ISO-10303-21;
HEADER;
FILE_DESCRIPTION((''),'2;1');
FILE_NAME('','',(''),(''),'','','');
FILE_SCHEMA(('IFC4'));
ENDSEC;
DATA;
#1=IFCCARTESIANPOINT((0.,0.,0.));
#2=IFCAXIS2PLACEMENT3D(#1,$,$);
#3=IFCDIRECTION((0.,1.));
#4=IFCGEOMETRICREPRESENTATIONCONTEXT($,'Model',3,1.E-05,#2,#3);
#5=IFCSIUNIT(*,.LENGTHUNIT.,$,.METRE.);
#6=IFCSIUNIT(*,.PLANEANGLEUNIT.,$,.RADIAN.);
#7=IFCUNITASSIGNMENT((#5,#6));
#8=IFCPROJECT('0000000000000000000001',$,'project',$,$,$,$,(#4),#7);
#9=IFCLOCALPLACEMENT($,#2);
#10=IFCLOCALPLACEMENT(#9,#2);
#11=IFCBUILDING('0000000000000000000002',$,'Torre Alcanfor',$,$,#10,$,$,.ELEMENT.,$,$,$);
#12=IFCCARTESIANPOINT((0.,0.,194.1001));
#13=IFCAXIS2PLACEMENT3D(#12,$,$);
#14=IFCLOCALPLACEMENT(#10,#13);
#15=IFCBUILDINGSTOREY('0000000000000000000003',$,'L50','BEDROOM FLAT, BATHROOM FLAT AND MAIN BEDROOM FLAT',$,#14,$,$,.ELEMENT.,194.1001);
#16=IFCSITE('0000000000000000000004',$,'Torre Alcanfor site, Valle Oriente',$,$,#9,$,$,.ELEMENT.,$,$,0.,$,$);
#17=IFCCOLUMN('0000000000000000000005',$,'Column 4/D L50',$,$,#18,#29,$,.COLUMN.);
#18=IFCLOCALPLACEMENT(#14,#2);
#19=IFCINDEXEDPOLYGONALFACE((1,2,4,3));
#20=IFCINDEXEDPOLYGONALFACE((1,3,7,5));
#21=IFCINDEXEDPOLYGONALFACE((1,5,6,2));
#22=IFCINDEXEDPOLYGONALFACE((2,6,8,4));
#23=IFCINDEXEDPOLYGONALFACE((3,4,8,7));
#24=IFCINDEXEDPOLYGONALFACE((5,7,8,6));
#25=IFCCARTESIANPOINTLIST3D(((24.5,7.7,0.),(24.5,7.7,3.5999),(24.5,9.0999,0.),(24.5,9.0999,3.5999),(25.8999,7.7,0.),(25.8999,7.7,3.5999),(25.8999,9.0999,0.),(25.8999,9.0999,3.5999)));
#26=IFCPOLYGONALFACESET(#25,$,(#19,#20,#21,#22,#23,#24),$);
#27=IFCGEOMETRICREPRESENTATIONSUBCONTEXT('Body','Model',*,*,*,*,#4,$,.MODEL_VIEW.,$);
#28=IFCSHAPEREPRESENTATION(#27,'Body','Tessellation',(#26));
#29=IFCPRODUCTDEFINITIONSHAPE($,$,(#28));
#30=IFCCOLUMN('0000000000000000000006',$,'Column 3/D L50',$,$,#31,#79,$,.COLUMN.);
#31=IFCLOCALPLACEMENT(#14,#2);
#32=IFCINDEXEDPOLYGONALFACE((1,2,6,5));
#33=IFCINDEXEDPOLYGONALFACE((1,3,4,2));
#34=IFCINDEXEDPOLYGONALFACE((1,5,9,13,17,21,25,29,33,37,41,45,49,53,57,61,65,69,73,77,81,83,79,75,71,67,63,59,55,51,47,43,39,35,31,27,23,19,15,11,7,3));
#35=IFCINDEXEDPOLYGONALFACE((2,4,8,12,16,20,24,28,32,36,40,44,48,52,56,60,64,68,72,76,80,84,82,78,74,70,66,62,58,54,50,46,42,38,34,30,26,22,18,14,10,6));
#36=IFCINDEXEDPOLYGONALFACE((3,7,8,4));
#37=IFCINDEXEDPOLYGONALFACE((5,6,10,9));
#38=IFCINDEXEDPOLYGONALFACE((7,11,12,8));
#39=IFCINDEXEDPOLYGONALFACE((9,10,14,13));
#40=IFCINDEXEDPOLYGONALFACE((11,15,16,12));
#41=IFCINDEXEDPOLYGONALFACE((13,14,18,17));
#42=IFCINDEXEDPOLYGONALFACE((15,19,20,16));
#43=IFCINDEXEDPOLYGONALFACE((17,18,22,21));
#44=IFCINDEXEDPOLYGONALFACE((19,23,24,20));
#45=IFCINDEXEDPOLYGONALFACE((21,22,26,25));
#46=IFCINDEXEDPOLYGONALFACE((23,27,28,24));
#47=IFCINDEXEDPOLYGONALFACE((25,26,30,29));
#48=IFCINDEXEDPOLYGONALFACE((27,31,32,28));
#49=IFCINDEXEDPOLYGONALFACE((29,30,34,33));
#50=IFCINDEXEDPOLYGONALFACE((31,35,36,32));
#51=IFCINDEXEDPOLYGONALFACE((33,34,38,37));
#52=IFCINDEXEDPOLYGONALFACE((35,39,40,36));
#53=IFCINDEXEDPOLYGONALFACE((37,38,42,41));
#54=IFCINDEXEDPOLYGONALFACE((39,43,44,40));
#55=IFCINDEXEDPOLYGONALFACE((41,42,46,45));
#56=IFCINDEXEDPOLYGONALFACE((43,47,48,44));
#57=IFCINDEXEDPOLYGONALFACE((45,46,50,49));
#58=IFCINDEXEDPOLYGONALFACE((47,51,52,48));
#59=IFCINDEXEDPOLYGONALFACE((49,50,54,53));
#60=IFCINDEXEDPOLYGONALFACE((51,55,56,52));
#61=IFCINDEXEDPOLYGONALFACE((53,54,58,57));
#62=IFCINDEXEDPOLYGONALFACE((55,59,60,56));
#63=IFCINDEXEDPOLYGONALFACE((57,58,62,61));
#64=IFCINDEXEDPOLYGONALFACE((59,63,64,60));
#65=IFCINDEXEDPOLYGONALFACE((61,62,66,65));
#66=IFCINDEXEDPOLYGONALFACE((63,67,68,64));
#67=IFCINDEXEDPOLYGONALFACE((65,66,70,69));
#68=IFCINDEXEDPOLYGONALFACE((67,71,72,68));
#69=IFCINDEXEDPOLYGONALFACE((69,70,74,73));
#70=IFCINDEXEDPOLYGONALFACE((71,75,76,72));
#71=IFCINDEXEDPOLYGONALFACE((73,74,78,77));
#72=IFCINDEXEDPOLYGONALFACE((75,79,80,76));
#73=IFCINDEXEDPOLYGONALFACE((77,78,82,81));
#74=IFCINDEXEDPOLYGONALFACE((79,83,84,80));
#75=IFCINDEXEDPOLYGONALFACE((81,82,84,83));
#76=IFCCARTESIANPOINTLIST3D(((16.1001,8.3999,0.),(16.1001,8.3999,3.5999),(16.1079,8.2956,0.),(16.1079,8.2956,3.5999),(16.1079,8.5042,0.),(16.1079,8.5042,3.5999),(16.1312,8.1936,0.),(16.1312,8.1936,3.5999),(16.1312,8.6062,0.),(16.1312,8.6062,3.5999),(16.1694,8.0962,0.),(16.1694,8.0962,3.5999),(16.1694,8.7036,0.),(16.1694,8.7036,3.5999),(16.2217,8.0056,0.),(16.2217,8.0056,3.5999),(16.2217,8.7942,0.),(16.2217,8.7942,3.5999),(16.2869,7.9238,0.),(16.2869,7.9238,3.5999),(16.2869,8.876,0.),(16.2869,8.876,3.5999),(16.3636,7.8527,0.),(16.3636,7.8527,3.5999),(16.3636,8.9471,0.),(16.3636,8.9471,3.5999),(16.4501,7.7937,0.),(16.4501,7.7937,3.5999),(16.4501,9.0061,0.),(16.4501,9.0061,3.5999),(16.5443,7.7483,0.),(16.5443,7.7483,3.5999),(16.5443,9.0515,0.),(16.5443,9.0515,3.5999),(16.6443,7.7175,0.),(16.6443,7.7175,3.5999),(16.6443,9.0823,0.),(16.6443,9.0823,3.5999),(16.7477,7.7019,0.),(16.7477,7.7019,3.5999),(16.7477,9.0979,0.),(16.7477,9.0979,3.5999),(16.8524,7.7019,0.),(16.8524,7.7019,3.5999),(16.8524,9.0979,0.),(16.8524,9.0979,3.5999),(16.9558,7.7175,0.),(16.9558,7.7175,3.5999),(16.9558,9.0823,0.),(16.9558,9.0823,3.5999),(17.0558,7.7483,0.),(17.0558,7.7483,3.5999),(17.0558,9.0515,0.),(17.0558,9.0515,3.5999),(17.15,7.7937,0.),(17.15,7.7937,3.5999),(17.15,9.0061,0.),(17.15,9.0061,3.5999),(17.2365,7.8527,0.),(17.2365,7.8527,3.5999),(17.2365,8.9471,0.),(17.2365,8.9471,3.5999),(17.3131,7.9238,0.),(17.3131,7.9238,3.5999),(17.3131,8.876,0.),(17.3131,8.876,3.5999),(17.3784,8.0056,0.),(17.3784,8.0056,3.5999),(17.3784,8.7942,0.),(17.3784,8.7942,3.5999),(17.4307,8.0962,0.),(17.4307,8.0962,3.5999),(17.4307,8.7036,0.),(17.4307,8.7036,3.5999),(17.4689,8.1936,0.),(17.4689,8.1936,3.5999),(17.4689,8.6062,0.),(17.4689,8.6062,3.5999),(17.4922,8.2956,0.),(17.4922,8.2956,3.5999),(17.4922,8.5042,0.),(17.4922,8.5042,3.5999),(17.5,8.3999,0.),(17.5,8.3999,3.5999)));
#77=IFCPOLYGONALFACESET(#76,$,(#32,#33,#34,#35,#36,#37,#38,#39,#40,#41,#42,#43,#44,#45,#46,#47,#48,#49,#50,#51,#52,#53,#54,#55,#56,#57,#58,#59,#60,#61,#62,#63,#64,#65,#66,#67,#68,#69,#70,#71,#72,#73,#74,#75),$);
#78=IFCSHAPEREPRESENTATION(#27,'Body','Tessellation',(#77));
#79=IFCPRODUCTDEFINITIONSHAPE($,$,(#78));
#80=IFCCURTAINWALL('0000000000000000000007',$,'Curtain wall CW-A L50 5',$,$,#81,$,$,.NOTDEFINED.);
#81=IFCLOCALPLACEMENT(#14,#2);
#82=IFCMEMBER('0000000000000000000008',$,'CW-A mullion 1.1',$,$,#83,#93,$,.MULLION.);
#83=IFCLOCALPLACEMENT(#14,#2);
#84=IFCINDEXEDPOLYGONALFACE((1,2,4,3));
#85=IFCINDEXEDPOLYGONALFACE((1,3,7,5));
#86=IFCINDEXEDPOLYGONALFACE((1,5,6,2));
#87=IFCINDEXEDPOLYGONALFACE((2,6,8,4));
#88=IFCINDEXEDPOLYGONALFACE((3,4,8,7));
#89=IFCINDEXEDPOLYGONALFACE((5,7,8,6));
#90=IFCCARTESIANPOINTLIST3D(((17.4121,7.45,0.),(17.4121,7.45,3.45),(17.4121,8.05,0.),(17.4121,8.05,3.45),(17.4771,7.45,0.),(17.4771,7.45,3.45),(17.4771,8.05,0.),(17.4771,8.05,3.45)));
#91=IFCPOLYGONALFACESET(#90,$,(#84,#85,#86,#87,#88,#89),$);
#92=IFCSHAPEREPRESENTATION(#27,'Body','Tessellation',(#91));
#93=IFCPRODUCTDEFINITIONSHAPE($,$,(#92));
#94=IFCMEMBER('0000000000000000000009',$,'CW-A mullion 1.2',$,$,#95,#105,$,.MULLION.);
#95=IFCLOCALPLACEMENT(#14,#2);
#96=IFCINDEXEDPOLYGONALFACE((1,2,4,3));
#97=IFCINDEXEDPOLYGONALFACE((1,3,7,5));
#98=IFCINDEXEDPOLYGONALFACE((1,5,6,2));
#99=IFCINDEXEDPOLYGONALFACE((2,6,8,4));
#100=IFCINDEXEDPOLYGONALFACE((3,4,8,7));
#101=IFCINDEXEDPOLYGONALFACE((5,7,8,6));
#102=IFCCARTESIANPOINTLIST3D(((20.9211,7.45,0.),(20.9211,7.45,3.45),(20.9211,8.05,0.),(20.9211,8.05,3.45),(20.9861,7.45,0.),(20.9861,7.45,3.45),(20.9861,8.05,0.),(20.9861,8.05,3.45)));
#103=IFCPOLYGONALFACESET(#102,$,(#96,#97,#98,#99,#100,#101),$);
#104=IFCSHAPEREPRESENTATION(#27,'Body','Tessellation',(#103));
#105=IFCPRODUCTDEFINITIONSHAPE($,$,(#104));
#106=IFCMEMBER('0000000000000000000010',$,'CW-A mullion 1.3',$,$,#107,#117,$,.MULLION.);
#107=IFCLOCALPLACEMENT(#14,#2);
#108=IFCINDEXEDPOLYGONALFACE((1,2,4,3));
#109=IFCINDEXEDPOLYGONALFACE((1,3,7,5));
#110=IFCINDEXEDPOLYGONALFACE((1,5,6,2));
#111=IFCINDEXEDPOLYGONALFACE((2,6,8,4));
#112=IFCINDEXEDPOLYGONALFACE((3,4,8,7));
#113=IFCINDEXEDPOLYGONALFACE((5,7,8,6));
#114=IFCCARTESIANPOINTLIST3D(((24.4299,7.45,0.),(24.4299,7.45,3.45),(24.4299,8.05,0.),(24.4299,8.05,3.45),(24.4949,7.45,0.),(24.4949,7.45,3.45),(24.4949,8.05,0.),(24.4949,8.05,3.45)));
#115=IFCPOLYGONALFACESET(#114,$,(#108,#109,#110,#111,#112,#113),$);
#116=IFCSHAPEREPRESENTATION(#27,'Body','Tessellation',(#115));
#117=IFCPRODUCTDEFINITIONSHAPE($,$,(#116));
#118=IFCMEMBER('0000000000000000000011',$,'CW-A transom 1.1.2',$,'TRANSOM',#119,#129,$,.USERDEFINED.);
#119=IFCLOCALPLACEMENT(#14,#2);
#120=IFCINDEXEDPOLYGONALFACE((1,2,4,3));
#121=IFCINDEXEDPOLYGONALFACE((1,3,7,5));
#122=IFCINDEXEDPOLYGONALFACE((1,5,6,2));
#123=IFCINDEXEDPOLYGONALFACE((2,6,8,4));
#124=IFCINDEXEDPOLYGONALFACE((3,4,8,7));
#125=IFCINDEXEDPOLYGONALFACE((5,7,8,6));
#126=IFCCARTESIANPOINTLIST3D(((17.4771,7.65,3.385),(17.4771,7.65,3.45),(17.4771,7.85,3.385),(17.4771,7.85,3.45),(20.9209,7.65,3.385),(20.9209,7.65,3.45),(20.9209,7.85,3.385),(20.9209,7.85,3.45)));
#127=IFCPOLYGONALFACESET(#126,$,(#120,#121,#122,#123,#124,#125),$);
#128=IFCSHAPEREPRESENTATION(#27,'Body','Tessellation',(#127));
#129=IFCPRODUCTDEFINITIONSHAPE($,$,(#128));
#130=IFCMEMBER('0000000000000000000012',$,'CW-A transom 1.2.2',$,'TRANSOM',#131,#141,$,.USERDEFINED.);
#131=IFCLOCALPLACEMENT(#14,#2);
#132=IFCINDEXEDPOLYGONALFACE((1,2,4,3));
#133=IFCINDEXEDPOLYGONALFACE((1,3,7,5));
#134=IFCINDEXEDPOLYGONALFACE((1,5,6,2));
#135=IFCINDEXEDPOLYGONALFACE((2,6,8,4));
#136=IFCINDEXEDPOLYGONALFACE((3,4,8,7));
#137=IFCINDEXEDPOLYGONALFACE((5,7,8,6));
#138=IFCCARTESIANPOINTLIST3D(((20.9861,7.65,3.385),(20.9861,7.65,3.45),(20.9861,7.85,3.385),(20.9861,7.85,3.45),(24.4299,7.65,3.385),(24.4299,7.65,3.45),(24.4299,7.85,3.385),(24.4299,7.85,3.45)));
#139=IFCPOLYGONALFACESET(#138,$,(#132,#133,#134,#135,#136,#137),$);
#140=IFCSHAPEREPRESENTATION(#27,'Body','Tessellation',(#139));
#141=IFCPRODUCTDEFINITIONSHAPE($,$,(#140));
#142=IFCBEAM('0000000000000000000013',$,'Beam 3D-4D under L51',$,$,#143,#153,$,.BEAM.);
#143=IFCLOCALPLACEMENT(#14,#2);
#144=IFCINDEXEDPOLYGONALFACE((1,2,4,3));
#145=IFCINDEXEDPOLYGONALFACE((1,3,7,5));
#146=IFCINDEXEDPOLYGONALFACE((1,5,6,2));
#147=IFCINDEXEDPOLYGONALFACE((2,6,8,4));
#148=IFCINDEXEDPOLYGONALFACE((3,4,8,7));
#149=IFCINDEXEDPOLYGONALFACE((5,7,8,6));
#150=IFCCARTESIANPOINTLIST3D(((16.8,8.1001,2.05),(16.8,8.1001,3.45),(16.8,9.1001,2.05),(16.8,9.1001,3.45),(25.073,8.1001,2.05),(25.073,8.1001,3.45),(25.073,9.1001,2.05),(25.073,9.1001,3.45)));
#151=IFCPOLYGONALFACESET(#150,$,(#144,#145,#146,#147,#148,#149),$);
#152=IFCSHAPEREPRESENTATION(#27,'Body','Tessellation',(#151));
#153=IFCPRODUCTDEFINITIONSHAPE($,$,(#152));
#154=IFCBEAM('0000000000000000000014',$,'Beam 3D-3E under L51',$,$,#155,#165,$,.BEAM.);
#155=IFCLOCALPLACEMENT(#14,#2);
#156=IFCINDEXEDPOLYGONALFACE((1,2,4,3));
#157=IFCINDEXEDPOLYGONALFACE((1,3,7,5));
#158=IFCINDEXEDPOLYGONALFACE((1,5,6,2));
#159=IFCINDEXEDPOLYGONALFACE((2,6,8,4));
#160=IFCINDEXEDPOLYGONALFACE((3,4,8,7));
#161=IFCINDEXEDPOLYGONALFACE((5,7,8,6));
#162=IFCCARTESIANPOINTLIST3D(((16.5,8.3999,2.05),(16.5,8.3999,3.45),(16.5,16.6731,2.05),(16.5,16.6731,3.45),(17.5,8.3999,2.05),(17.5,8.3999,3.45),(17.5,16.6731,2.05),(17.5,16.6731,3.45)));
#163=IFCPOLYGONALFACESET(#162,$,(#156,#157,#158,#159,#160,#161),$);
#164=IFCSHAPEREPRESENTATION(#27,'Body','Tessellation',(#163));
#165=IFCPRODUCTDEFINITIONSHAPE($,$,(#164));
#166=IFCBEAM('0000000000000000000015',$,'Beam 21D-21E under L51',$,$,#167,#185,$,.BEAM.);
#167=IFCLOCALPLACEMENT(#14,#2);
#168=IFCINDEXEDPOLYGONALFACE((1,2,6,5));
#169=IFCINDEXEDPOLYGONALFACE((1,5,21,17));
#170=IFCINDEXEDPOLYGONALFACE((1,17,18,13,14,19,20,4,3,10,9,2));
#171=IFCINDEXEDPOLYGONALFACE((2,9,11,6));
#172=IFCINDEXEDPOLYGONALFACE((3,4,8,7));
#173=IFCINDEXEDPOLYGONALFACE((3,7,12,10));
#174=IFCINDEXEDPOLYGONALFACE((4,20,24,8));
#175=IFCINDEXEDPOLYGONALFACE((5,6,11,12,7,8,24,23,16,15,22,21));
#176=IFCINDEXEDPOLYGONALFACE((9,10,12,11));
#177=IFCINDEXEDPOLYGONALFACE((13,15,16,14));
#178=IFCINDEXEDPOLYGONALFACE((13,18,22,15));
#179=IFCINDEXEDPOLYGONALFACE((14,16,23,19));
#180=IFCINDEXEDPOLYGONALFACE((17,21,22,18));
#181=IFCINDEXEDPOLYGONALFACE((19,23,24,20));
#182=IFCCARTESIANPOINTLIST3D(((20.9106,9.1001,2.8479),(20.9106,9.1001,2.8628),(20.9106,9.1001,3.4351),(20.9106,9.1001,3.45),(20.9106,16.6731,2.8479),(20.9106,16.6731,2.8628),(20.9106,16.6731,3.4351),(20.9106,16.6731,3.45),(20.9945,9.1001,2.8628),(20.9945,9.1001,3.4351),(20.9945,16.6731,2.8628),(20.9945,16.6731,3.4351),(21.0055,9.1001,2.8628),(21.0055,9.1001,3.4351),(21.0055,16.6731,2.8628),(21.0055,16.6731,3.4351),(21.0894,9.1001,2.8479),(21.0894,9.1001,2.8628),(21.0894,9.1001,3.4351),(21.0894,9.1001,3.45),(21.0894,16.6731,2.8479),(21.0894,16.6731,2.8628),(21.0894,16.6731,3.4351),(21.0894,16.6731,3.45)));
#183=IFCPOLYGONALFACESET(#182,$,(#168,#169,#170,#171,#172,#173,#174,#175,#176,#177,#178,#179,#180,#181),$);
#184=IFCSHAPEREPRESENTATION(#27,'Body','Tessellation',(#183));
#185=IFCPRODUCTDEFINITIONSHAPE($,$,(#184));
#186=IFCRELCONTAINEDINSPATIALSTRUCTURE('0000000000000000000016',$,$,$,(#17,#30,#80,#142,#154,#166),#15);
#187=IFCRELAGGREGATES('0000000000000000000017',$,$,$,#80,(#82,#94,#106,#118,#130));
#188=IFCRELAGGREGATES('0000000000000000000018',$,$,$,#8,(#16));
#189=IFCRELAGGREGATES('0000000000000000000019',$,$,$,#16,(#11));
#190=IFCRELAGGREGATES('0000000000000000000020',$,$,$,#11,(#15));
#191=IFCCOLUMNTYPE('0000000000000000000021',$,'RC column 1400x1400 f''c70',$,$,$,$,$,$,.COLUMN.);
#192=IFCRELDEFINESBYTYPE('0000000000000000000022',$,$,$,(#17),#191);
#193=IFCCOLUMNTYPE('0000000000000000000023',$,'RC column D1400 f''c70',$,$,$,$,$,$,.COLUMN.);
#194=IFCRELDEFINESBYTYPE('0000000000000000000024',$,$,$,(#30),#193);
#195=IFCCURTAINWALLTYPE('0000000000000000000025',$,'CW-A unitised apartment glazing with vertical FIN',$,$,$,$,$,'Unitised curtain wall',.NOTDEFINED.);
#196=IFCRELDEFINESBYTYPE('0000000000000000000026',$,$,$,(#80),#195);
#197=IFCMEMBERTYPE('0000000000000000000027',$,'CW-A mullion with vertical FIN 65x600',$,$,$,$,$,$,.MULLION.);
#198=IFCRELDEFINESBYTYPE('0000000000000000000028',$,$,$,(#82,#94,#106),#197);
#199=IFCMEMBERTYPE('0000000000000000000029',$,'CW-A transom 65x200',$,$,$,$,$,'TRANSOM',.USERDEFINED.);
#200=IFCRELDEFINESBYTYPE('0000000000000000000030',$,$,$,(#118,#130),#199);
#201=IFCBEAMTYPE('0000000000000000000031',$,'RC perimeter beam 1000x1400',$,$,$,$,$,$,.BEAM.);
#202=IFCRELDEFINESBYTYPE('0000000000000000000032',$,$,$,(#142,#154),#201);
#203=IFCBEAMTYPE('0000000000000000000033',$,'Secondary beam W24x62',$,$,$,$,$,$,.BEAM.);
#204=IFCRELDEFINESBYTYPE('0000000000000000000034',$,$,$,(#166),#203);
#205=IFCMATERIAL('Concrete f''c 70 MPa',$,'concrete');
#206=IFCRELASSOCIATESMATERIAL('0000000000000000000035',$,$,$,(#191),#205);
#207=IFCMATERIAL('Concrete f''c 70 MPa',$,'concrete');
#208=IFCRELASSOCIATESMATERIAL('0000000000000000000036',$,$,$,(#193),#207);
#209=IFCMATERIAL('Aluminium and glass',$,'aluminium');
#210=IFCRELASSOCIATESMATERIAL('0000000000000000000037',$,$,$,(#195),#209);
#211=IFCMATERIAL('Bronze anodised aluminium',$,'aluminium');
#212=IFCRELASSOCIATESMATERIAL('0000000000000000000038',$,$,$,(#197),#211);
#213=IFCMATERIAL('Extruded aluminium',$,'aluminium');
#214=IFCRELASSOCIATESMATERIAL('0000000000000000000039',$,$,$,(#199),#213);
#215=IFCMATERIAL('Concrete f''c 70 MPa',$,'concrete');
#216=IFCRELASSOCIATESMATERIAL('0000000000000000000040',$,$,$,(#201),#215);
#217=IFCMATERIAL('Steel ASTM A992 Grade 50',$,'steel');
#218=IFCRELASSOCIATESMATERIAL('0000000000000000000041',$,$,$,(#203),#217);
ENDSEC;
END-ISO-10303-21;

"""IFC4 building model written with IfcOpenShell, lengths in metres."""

from ifc_helpers import new_model, si_unit, direction, frame, origin, origin_2d, place, context, subcontext, project, spatial, rectangle, circle, i_section, extrude, material, material_profile, profile_set, type_object, element, aggregate, save


model = new_model("IFC4")

# Units and contexts
model_context = context("Model", 3, precision=1e-05, world=origin(), true_north=direction((0.0, 1.0)))
body_context = subcontext(model_context, "Body", "Model", "MODEL_VIEW")
ifc_project = project(units=[si_unit("LENGTHUNIT", "METRE"), si_unit("PLANEANGLEUNIT", "RADIAN")], contexts=[model_context])

# Site, building, storey
site_placement = place(None, origin())
site = spatial("IfcSite", under=ifc_project, at=site_placement, Name="Torre Alcanfor site, Valle Oriente", CompositionType="ELEMENT", RefElevation=0.0)
building_placement = place(site_placement, origin())
building = spatial("IfcBuilding", under=site, at=building_placement, Name="Torre Alcanfor", CompositionType="ELEMENT")
storey_placement = place(building_placement, frame((0.0, 0.0, 194.1001)))
storey = spatial("IfcBuildingStorey", under=building, at=storey_placement, Name="L50", Description="BEDROOM FLAT, BATHROOM FLAT AND MAIN BEDROOM FLAT", CompositionType="ELEMENT", Elevation=194.1001)

# Columns
ifc_material_1 = material(Name="Concrete f'c 70 MPa", Category="concrete")
ifc_material_profile_1 = material_profile(ifc_material_1, rectangle(XDim=1.3999, YDim=1.3999, at=origin_2d()), Name="1400x1400")
ifc_profile_set_1 = profile_set([ifc_material_profile_1], Name="Concrete f'c 70 MPa")
column_type_1 = type_object("IfcColumnType", Name="RC column 1400x1400 f'c70", PredefinedType="COLUMN", material=ifc_profile_set_1)
column_1_placement = place(storey_placement, frame((25.2, 8.3999, 0.0), z_axis=(0.0, 0.0, 1.0), x_axis=(1.0, 0.0, 0.0)))
element("IfcColumn", 1, at=column_1_placement, inside=storey, type_object=column_type_1, Name="Column 4/D L50", PredefinedType="COLUMN", context=body_context, shape_type="SweptSolid", body=[
    extrude(rectangle(XDim=1.3999, YDim=1.3999, at=origin_2d()), origin(), (0.0, 0.0, 1.0), 3.5999),
])
ifc_material_2 = material(Name="Concrete f'c 70 MPa", Category="concrete")
ifc_material_profile_2 = material_profile(ifc_material_2, circle(Radius=0.7, at=origin_2d()), Name="D1400")
ifc_profile_set_2 = profile_set([ifc_material_profile_2], Name="Concrete f'c 70 MPa")
column_type_2 = type_object("IfcColumnType", Name="RC column D1400 f'c70", PredefinedType="COLUMN", material=ifc_profile_set_2)
column_2_placement = place(storey_placement, frame((16.8, 8.3999, 0.0), z_axis=(0.0, 0.0, 1.0), x_axis=(1.0, 0.0, 0.0)))
element("IfcColumn", 2, at=column_2_placement, inside=storey, type_object=column_type_2, Name="Column 3/D L50", PredefinedType="COLUMN", context=body_context, shape_type="SweptSolid", body=[
    extrude(circle(Radius=0.7, at=origin_2d()), origin(), (0.0, 0.0, 1.0), 3.5999),
])

# Curtain wall, members
ifc_material_3 = material(Name="Aluminium and glass", Category="aluminium")
curtain_wall_type = type_object("IfcCurtainWallType", Name="CW-A unitised apartment glazing with vertical FIN", ElementType="Unitised curtain wall", PredefinedType="NOTDEFINED", material=ifc_material_3)
curtain_wall_placement = place(storey_placement, origin())
curtain_wall = element("IfcCurtainWall", 3, at=curtain_wall_placement, inside=storey, type_object=curtain_wall_type, Name="Curtain wall CW-A L50 5", PredefinedType="NOTDEFINED")
ifc_material_4 = material(Name="Bronze anodised aluminium", Category="aluminium")
ifc_material_profile_3 = material_profile(ifc_material_4, rectangle(XDim=0.6001, YDim=0.0649, at=origin_2d()), Name="CW-A mullion 65x600")
ifc_profile_set_3 = profile_set([ifc_material_profile_3], Name="Bronze anodised aluminium")
member_type_1 = type_object("IfcMemberType", Name="CW-A mullion with vertical FIN 65x600", PredefinedType="MULLION", material=ifc_profile_set_3)
member_1_placement = place(storey_placement, frame((17.4446, 7.75, 0.0), z_axis=(0.0, 0.0, 1.0), x_axis=(0.0, 1.0, 0.0)))
member_1 = element("IfcMember", 4, at=member_1_placement, type_object=member_type_1, Name="CW-A mullion 1.1", PredefinedType="MULLION", context=body_context, shape_type="SweptSolid", body=[
    extrude(rectangle(XDim=0.6001, YDim=0.0649, at=origin_2d()), origin(), (0.0, 0.0, 1.0), 3.45),
])
member_2_placement = place(storey_placement, frame((20.9536, 7.75, 0.0), z_axis=(0.0, 0.0, 1.0), x_axis=(0.0, 1.0, 0.0)))
member_2 = element("IfcMember", 5, at=member_2_placement, type_object=member_type_1, Name="CW-A mullion 1.2", PredefinedType="MULLION", context=body_context, shape_type="SweptSolid", body=[
    extrude(rectangle(XDim=0.6001, YDim=0.0649, at=origin_2d()), origin(), (0.0, 0.0, 1.0), 3.45),
])
member_3_placement = place(storey_placement, frame((24.4624, 7.75, 0.0), z_axis=(0.0, 0.0, 1.0), x_axis=(0.0, 1.0, 0.0)))
member_3 = element("IfcMember", 6, at=member_3_placement, type_object=member_type_1, Name="CW-A mullion 1.3", PredefinedType="MULLION", context=body_context, shape_type="SweptSolid", body=[
    extrude(rectangle(XDim=0.6001, YDim=0.0649, at=origin_2d()), origin(), (0.0, 0.0, 1.0), 3.45),
])
ifc_material_5 = material(Name="Extruded aluminium", Category="aluminium")
ifc_material_profile_4 = material_profile(ifc_material_5, rectangle(XDim=0.2, YDim=0.0649, at=origin_2d()), Name="CW-A transom 200x65")
ifc_profile_set_4 = profile_set([ifc_material_profile_4], Name="Extruded aluminium")
member_type_2 = type_object("IfcMemberType", Name="CW-A transom 65x200", ElementType="TRANSOM", PredefinedType="USERDEFINED", material=ifc_profile_set_4)
member_4_placement = place(storey_placement, frame((17.4771, 7.75, 3.4175), z_axis=(1.0, 0.0, 0.0), x_axis=(0.0, 1.0, 0.0)))
member_4 = element("IfcMember", 7, at=member_4_placement, type_object=member_type_2, Name="CW-A transom 1.1.2", ObjectType="TRANSOM", PredefinedType="USERDEFINED", context=body_context, shape_type="SweptSolid", body=[
    extrude(rectangle(XDim=0.2, YDim=0.0649, at=origin_2d()), origin(), (0.0, 0.0, 1.0), 3.4438),
])
member_5_placement = place(storey_placement, frame((20.9861, 7.75, 3.4175), z_axis=(1.0, 0.0, 0.0), x_axis=(0.0, 1.0, 0.0)))
member_5 = element("IfcMember", 8, at=member_5_placement, type_object=member_type_2, Name="CW-A transom 1.2.2", ObjectType="TRANSOM", PredefinedType="USERDEFINED", context=body_context, shape_type="SweptSolid", body=[
    extrude(rectangle(XDim=0.2, YDim=0.0649, at=origin_2d()), origin(), (0.0, 0.0, 1.0), 3.4438),
])

# Beams
ifc_material_6 = material(Name="Concrete f'c 70 MPa", Category="concrete")
ifc_material_profile_5 = material_profile(ifc_material_6, rectangle(XDim=1.0, YDim=1.3999, at=origin_2d()), Name="1000x1400")
ifc_profile_set_5 = profile_set([ifc_material_profile_5], Name="Concrete f'c 70 MPa")
beam_type_1 = type_object("IfcBeamType", Name="RC perimeter beam 1000x1400", PredefinedType="BEAM", material=ifc_profile_set_5)
beam_1_placement = place(storey_placement, frame((16.8, 8.6001, 2.75), z_axis=(1.0, 0.0, 0.0), x_axis=(0.0, 1.0, 0.0)))
element("IfcBeam", 9, at=beam_1_placement, inside=storey, type_object=beam_type_1, Name="Beam 3D-4D under L51", PredefinedType="BEAM", context=body_context, shape_type="SweptSolid", body=[
    extrude(rectangle(XDim=1.0, YDim=1.3999, at=origin_2d()), origin(), (0.0, 0.0, 1.0), 8.2729),
])
beam_2_placement = place(storey_placement, frame((17.0, 8.3999, 2.75), z_axis=(0.0, 1.0, 0.0), x_axis=(-1.0, 0.0, 0.0)))
element("IfcBeam", 10, at=beam_2_placement, inside=storey, type_object=beam_type_1, Name="Beam 3D-3E under L51", PredefinedType="BEAM", context=body_context, shape_type="SweptSolid", body=[
    extrude(rectangle(XDim=1.0, YDim=1.3999, at=origin_2d()), origin(), (0.0, 0.0, 1.0), 8.2732),
])
ifc_material_7 = material(Name="Steel ASTM A992 Grade 50", Category="steel")
ifc_material_profile_6 = material_profile(ifc_material_7, i_section(OverallWidth=0.1787, OverallDepth=0.6021, WebThickness=0.011, FlangeThickness=0.0149, at=origin_2d()), Name="W24x62")
ifc_profile_set_6 = profile_set([ifc_material_profile_6], Name="Steel ASTM A992 Grade 50")
beam_type_2 = type_object("IfcBeamType", Name="Secondary beam W24x62", PredefinedType="BEAM", material=ifc_profile_set_6)
beam_3_placement = place(storey_placement, frame((21.0, 9.1001, 3.1489), z_axis=(0.0, 1.0, 0.0), x_axis=(-1.0, 0.0, 0.0)))
element("IfcBeam", 11, at=beam_3_placement, inside=storey, type_object=beam_type_2, Name="Beam 21D-21E under L51", PredefinedType="BEAM", context=body_context, shape_type="SweptSolid", body=[
    extrude(i_section(OverallWidth=0.1787, OverallDepth=0.6021, WebThickness=0.011, FlangeThickness=0.0149, at=origin_2d()), origin(), (0.0, 0.0, 1.0), 7.573),
])

aggregate(curtain_wall, [member_1, member_2, member_3, member_4, member_5])

save(model, "model.ifc")
